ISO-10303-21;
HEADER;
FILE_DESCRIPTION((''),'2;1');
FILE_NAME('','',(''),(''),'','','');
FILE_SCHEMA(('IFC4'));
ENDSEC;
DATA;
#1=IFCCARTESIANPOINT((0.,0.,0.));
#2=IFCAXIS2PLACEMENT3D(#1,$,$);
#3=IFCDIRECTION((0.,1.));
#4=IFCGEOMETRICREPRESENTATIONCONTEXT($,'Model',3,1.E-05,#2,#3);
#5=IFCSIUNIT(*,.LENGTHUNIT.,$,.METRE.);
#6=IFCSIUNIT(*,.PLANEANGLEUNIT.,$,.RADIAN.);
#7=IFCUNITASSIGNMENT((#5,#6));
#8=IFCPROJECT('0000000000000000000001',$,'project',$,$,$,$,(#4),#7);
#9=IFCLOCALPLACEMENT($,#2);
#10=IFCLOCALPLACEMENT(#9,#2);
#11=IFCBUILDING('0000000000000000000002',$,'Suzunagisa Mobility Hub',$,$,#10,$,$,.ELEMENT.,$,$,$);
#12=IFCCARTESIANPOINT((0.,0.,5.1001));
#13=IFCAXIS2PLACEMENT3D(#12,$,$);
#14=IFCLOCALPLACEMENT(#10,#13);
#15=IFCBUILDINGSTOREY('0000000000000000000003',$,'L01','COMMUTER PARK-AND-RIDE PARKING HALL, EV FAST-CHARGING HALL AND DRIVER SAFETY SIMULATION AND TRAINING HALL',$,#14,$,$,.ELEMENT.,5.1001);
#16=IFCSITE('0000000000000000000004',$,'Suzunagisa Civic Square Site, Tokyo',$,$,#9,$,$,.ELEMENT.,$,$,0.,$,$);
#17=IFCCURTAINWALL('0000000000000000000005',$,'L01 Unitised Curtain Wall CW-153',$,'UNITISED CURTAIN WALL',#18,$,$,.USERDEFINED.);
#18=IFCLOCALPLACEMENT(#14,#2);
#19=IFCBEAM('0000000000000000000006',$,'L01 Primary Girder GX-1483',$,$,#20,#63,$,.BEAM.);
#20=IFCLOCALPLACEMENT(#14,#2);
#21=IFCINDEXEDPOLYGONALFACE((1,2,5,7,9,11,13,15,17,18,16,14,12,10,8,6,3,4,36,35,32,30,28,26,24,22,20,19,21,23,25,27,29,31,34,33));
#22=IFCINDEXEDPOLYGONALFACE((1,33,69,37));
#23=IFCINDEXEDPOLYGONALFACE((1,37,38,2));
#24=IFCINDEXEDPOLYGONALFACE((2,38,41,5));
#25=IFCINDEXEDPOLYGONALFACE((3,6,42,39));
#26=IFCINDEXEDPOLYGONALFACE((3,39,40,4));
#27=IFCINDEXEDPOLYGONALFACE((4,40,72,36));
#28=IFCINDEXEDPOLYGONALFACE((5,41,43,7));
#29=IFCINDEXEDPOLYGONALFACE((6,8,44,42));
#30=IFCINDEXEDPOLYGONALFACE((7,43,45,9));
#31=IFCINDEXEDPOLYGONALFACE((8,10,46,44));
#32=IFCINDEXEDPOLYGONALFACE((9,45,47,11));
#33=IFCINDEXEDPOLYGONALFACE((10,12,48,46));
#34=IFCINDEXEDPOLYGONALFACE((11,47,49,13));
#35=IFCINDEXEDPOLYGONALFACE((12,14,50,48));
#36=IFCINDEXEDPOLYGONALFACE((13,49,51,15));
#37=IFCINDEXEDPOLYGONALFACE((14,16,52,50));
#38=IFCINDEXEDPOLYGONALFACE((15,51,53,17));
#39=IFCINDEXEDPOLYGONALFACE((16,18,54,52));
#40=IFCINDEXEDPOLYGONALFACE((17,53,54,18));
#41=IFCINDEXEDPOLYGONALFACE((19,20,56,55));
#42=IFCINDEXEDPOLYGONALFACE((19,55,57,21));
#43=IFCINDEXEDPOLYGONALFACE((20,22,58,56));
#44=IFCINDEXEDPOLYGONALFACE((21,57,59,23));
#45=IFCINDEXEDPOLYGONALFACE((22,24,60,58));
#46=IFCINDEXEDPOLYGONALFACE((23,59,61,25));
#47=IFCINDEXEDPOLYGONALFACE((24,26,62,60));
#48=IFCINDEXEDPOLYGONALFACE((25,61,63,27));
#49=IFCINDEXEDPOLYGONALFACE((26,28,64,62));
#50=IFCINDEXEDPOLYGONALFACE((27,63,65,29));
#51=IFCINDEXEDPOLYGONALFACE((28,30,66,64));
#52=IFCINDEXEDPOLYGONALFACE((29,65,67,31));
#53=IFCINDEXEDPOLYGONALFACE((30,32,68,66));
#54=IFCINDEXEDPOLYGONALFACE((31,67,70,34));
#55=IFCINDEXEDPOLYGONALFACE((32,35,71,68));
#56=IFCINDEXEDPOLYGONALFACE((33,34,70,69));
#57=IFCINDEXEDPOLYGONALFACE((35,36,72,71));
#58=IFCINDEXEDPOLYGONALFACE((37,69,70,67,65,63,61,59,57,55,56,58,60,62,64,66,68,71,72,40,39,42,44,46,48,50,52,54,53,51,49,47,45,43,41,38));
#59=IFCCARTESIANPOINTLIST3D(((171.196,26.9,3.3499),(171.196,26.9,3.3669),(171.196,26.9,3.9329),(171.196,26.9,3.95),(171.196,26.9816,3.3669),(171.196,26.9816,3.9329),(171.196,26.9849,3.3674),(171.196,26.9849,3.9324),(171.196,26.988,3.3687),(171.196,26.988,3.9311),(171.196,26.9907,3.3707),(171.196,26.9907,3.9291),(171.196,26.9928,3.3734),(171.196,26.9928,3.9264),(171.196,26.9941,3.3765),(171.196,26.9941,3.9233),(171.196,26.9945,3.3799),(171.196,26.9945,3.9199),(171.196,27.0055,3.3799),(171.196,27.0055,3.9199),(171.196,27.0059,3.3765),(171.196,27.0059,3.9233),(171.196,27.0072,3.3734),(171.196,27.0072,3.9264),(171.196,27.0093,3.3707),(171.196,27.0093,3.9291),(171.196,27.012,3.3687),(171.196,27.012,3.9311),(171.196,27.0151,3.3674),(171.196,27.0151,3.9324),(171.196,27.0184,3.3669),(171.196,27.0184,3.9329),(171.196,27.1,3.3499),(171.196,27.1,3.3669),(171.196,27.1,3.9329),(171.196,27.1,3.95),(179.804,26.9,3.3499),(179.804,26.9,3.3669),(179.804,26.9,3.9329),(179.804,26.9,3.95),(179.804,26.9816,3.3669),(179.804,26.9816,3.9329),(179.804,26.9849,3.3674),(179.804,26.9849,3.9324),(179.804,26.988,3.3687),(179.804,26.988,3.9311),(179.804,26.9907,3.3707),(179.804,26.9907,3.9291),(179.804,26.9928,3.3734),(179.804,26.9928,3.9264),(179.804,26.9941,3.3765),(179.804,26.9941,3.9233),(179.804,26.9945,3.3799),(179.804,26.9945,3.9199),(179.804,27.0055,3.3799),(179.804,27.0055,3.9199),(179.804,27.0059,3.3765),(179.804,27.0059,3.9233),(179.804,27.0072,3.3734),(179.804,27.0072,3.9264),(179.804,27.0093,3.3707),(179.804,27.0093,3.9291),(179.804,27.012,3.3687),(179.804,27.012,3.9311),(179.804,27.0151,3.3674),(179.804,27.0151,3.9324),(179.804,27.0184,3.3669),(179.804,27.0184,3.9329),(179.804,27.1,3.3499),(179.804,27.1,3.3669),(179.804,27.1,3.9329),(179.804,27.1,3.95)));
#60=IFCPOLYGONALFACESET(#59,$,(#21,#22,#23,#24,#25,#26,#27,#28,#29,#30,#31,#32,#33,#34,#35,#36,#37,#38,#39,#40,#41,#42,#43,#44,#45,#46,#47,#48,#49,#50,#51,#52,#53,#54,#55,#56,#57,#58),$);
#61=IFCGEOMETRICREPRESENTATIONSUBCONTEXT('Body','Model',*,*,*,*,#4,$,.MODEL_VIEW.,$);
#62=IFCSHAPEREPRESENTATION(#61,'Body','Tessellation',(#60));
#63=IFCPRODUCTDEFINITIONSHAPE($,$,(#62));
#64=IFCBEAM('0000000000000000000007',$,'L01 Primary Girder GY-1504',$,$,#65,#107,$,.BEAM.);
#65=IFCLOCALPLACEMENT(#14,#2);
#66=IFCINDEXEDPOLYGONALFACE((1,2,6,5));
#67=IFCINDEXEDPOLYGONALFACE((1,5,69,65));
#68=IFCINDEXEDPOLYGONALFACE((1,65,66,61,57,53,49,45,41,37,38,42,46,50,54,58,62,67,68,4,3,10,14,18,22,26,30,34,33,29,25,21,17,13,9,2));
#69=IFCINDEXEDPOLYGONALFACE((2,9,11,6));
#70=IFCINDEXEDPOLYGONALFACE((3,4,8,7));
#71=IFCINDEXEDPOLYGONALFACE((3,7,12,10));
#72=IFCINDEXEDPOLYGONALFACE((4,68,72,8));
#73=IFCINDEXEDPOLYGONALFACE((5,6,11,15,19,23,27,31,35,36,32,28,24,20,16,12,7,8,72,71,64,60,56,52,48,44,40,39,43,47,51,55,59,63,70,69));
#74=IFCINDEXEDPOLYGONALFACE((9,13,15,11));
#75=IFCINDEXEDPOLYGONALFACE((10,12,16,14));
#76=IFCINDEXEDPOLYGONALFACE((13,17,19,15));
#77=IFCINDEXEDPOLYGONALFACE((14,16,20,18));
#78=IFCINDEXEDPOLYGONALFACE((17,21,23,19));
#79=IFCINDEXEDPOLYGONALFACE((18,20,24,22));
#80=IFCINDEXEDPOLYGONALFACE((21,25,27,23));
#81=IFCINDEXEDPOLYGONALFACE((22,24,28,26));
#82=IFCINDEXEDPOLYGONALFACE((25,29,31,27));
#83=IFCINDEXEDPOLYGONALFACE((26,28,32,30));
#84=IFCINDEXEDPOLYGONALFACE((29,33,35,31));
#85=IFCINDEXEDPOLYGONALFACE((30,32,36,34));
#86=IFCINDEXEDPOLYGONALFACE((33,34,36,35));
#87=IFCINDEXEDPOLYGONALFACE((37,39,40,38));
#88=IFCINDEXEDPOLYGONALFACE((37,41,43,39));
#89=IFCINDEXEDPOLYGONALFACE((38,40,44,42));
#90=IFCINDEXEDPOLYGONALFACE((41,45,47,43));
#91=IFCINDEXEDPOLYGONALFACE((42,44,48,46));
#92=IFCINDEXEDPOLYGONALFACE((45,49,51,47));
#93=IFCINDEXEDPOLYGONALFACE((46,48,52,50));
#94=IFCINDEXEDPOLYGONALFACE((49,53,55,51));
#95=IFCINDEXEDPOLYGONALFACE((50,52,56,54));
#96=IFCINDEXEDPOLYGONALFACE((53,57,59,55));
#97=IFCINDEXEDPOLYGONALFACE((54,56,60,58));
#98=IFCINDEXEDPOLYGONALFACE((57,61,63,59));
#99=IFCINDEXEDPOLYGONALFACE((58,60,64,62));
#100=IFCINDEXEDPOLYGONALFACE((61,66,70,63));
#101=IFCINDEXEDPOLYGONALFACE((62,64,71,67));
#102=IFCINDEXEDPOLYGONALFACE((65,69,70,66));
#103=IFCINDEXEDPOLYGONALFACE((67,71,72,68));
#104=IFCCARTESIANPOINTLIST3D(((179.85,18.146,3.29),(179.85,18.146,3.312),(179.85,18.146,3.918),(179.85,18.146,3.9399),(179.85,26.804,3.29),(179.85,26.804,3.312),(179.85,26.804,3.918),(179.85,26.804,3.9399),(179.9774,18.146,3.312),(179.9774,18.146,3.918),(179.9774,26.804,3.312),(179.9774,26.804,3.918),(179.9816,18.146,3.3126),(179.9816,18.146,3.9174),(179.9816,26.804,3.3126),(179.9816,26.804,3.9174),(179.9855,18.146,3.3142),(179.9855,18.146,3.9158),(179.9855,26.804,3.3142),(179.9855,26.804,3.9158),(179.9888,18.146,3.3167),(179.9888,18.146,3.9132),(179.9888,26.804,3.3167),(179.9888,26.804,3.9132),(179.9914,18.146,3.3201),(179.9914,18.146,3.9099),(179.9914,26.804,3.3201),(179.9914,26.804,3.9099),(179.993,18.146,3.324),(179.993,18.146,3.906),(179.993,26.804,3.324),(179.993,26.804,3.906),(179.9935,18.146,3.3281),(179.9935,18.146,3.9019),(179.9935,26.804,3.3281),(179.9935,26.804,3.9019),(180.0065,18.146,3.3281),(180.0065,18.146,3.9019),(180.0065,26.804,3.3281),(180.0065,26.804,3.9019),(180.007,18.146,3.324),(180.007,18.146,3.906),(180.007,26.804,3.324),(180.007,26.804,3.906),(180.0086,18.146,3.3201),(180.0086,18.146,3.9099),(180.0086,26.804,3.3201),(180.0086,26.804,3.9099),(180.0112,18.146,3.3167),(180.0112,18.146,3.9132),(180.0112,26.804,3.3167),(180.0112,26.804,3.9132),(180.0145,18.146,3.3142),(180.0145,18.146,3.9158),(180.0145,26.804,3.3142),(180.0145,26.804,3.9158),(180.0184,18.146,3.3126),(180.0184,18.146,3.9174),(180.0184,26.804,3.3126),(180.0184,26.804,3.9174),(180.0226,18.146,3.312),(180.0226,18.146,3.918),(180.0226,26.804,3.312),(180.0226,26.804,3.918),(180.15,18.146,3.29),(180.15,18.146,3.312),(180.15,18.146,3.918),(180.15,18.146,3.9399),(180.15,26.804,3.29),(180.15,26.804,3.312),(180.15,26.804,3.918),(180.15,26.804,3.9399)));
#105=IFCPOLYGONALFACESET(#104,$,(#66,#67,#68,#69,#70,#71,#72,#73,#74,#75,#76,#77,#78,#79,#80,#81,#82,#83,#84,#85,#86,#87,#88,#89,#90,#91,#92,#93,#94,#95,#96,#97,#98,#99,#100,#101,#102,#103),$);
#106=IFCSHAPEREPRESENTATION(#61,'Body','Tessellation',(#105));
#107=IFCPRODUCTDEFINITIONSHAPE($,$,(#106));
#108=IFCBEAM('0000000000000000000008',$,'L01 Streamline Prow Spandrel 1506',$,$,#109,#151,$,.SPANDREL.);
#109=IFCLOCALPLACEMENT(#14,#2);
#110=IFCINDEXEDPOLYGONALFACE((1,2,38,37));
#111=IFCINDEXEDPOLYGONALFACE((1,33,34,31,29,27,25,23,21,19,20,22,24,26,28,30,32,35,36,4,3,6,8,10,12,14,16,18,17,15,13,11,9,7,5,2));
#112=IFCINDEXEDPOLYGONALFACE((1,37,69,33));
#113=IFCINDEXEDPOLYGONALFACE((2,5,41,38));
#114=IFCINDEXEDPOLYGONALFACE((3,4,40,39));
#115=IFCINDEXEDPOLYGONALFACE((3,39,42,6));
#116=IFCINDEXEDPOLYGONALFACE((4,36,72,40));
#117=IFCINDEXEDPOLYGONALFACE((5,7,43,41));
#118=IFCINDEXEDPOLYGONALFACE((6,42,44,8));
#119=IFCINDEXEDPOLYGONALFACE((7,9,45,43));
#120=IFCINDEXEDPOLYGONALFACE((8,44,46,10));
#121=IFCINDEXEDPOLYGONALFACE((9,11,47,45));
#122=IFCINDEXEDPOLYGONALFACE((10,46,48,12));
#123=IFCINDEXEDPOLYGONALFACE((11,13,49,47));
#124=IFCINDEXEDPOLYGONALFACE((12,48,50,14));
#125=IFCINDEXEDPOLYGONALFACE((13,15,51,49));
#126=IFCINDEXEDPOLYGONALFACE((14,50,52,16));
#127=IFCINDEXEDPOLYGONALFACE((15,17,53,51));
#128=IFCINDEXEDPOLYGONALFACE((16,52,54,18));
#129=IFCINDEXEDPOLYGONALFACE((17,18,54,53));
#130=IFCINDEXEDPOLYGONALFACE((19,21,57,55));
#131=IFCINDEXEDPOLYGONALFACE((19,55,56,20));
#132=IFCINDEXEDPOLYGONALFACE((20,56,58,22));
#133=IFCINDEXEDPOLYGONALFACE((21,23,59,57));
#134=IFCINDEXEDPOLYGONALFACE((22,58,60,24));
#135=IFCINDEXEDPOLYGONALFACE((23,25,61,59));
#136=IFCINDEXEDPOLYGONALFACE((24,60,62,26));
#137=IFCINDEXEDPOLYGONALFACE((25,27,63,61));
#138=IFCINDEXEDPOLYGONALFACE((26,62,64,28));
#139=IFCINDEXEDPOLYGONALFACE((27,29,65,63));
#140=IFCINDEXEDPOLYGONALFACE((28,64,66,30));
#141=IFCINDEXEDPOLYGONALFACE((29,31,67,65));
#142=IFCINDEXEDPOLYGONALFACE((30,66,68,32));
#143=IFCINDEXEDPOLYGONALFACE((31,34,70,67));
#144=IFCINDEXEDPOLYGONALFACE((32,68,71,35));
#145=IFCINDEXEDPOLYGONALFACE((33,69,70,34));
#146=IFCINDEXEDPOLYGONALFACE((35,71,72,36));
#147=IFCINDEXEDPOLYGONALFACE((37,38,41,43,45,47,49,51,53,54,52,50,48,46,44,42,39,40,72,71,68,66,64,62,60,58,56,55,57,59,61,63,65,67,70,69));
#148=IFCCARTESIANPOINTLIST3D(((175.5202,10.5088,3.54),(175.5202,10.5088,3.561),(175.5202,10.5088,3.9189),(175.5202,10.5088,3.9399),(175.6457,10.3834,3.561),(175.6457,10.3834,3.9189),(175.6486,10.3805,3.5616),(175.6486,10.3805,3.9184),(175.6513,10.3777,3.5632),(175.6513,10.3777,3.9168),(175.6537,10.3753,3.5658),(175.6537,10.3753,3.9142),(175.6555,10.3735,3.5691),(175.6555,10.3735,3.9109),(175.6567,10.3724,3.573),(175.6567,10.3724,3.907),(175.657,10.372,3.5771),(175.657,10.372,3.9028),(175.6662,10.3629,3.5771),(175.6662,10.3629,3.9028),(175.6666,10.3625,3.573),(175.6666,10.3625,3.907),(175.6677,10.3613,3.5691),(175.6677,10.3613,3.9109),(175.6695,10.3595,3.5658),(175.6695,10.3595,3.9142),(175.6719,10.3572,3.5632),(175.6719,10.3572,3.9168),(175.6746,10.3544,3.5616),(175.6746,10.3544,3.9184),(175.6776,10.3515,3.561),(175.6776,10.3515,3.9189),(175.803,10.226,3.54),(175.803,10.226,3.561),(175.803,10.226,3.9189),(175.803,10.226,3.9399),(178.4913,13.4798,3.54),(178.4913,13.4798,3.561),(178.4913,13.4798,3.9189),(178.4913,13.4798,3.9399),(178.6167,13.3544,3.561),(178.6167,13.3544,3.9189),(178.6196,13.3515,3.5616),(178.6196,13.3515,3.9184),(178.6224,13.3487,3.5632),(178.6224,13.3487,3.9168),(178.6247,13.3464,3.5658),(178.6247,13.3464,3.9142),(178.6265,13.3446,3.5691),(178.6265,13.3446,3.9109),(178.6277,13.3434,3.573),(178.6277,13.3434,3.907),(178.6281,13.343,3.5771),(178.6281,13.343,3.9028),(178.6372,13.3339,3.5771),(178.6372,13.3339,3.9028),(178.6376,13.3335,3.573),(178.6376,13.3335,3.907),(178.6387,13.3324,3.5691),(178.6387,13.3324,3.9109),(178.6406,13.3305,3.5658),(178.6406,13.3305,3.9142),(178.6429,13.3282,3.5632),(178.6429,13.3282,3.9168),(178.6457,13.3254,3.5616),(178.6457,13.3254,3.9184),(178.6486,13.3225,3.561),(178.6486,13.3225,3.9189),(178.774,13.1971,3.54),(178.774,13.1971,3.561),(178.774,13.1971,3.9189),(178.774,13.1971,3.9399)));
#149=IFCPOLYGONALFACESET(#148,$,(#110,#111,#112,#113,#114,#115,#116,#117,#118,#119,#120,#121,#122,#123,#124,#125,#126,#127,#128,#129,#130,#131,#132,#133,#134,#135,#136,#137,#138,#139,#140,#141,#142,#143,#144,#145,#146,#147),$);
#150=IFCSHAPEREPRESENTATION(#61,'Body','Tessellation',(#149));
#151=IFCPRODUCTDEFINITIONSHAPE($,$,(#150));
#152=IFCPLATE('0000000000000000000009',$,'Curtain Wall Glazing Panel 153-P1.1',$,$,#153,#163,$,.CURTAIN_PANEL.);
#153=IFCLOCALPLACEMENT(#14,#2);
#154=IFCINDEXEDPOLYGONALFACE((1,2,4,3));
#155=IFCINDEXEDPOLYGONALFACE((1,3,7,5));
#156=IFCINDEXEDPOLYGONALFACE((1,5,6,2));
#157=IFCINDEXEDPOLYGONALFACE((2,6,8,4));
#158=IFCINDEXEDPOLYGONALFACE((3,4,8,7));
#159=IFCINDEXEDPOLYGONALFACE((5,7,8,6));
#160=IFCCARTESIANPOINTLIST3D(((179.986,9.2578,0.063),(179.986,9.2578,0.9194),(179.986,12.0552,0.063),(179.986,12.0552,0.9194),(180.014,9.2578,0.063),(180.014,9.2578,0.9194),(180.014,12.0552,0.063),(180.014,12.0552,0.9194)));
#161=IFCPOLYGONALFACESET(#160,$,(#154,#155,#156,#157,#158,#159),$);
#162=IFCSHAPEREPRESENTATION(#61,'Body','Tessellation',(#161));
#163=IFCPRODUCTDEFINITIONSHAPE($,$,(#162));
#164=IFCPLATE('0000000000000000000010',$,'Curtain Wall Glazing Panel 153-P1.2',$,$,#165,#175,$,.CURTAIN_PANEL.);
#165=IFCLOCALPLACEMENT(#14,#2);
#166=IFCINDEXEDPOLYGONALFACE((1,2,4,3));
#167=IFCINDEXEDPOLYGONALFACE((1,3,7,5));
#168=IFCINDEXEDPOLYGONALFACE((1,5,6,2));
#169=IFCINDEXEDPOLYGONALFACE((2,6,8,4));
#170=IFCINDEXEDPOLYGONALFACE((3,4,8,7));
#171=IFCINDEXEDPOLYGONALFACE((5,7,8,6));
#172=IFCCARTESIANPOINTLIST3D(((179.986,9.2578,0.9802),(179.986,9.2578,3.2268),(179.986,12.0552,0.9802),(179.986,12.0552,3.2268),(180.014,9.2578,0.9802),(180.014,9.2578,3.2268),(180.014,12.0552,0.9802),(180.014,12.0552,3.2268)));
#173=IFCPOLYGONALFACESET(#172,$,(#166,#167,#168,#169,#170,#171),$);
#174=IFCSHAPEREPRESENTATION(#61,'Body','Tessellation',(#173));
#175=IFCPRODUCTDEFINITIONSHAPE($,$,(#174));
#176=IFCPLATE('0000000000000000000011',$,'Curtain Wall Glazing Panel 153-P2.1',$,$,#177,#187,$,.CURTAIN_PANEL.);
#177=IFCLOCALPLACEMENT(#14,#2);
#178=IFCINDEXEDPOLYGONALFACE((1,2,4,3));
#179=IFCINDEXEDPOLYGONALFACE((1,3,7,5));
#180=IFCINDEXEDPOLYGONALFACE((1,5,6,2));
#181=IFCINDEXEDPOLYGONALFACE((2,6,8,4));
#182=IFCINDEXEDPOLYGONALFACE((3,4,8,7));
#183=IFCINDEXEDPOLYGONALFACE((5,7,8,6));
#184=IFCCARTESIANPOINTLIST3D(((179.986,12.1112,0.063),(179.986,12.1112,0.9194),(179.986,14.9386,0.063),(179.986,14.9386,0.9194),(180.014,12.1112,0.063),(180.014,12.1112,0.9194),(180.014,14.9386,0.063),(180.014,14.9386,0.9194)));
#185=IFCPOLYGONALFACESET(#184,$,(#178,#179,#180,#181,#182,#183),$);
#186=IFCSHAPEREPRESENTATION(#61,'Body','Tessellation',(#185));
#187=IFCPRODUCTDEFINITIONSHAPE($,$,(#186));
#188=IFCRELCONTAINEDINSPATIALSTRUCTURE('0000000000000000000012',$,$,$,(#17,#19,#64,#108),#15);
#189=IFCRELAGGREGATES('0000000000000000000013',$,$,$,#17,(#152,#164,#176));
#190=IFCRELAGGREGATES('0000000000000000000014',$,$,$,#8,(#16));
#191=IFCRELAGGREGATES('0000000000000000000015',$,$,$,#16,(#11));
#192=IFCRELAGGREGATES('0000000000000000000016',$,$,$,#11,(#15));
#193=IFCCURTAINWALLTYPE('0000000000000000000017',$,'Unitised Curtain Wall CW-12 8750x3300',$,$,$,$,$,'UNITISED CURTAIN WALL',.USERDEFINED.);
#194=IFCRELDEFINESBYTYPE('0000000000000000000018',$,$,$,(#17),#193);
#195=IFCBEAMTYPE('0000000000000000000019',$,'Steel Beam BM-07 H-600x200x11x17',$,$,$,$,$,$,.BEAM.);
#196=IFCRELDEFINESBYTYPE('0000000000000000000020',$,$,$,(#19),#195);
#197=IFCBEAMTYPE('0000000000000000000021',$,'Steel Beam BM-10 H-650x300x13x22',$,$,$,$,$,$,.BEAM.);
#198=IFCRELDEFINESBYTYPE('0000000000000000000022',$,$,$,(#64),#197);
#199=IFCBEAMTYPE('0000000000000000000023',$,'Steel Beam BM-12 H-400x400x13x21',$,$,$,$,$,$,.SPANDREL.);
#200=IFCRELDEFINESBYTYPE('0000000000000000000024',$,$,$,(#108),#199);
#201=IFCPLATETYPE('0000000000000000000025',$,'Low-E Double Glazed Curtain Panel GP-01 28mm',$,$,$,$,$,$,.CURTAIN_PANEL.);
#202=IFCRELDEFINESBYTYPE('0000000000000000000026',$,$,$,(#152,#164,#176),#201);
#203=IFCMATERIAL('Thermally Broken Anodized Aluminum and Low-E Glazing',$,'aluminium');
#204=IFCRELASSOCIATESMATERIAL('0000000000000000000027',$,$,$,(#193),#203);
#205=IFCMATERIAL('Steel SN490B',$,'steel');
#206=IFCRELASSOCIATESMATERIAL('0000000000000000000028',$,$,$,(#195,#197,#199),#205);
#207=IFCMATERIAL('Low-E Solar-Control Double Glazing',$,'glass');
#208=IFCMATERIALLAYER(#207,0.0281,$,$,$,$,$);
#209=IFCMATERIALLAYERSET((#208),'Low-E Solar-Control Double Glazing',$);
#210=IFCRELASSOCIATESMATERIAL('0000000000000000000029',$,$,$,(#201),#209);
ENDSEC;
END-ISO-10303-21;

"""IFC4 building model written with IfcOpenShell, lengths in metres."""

from ifc_helpers import new_model, si_unit, direction, frame, origin, origin_2d, place, context, subcontext, project, spatial, rectangle, i_section, extrude, material, layer, layer_set, material_profile, profile_set, type_object, element, aggregate, save


model = new_model("IFC4")

# Units and contexts
model_context = context("Model", 3, precision=1e-05, world=origin(), true_north=direction((0.0, 1.0)))
body_context = subcontext(model_context, "Body", "Model", "MODEL_VIEW")
ifc_project = project(units=[si_unit("LENGTHUNIT", "METRE"), si_unit("PLANEANGLEUNIT", "RADIAN")], contexts=[model_context])

# Site, building, storey
site_placement = place(None, origin())
site = spatial("IfcSite", under=ifc_project, at=site_placement, Name="Suzunagisa Civic Square Site, Tokyo", CompositionType="ELEMENT", RefElevation=0.0)
building_placement = place(site_placement, origin())
building = spatial("IfcBuilding", under=site, at=building_placement, Name="Suzunagisa Mobility Hub", CompositionType="ELEMENT")
storey_placement = place(building_placement, frame((0.0, 0.0, 5.1001)))
storey = spatial("IfcBuildingStorey", under=building, at=storey_placement, Name="L01", Description="COMMUTER PARK-AND-RIDE PARKING HALL, EV FAST-CHARGING HALL AND DRIVER SAFETY SIMULATION AND TRAINING HALL", CompositionType="ELEMENT", Elevation=5.1001)

# Shared definitions
ifc_material_1 = material(Name="Steel SN490B", Category="steel")

# Curtain wall
ifc_material_2 = material(Name="Thermally Broken Anodized Aluminum and Low-E Glazing", Category="aluminium")
curtain_wall_type = type_object("IfcCurtainWallType", Name="Unitised Curtain Wall CW-12 8750x3300", ElementType="UNITISED CURTAIN WALL", PredefinedType="USERDEFINED", material=ifc_material_2)
curtain_wall_placement = place(storey_placement, origin())
curtain_wall = element("IfcCurtainWall", 1, at=curtain_wall_placement, inside=storey, type_object=curtain_wall_type, Name="L01 Unitised Curtain Wall CW-153", ObjectType="UNITISED CURTAIN WALL", PredefinedType="USERDEFINED")

# Beams
ifc_material_profile_1 = material_profile(ifc_material_1, i_section(OverallWidth=0.2, OverallDepth=0.6001, WebThickness=0.011, FlangeThickness=0.0171, FilletRadius=0.0129, at=origin_2d()), Name="H-600x200x11x17")
ifc_profile_set_1 = profile_set([ifc_material_profile_1], Name="Steel SN490B")
beam_type_1 = type_object("IfcBeamType", Name="Steel Beam BM-07 H-600x200x11x17", PredefinedType="BEAM", material=ifc_profile_set_1)
beam_1_placement = place(storey_placement, frame((171.196, 27.0, 3.6499), z_axis=(1.0, 0.0, 0.0), x_axis=(0.0, 1.0, 0.0)))
element("IfcBeam", 2, at=beam_1_placement, inside=storey, type_object=beam_type_1, Name="L01 Primary Girder GX-1483", PredefinedType="BEAM", context=body_context, shape_type="SweptSolid", body=[
    extrude(i_section(OverallWidth=0.2, OverallDepth=0.6001, WebThickness=0.011, FlangeThickness=0.0171, FilletRadius=0.0129, at=origin_2d()), origin(), (0.0, 0.0, 1.0), 8.6079),
])
ifc_material_profile_2 = material_profile(ifc_material_1, i_section(OverallWidth=0.3, OverallDepth=0.6499, WebThickness=0.0129, FlangeThickness=0.022, FilletRadius=0.0161, at=origin_2d()), Name="H-650x300x13x22")
ifc_profile_set_2 = profile_set([ifc_material_profile_2], Name="Steel SN490B")
beam_type_2 = type_object("IfcBeamType", Name="Steel Beam BM-10 H-650x300x13x22", PredefinedType="BEAM", material=ifc_profile_set_2)
beam_2_placement = place(storey_placement, frame((180.0, 18.146, 3.615), z_axis=(0.0, 1.0, 0.0), x_axis=(-1.0, 0.0, 0.0)))
element("IfcBeam", 3, at=beam_2_placement, inside=storey, type_object=beam_type_2, Name="L01 Primary Girder GY-1504", PredefinedType="BEAM", context=body_context, shape_type="SweptSolid", body=[
    extrude(i_section(OverallWidth=0.3, OverallDepth=0.6499, WebThickness=0.0129, FlangeThickness=0.022, FilletRadius=0.0161, at=origin_2d()), origin(), (0.0, 0.0, 1.0), 8.658),
])
ifc_material_profile_3 = material_profile(ifc_material_1, i_section(OverallWidth=0.3999, OverallDepth=0.3999, WebThickness=0.0129, FlangeThickness=0.021, FilletRadius=0.0161, at=origin_2d()), Name="H-400x400x13x21")
ifc_profile_set_3 = profile_set([ifc_material_profile_3], Name="Steel SN490B")
beam_type_3 = type_object("IfcBeamType", Name="Steel Beam BM-12 H-400x400x13x21", PredefinedType="SPANDREL", material=ifc_profile_set_3)
beam_3_placement = place(storey_placement, frame((175.6616, 10.3674, 3.74), z_axis=(0.707107, 0.707107, 0.0), x_axis=(-0.707107, 0.707107, 0.0)))
element("IfcBeam", 4, at=beam_3_placement, inside=storey, type_object=beam_type_3, Name="L01 Streamline Prow Spandrel 1506", PredefinedType="SPANDREL", context=body_context, shape_type="SweptSolid", body=[
    extrude(i_section(OverallWidth=0.3999, OverallDepth=0.3999, WebThickness=0.0129, FlangeThickness=0.021, FilletRadius=0.0161, at=origin_2d()), origin(), (0.0, 0.0, 1.0), 4.2017),
])

# Plates
ifc_material_3 = material(Name="Low-E Solar-Control Double Glazing", Category="glass")
ifc_layer_1 = layer(ifc_material_3, 0.0281)
ifc_layer_set_1 = layer_set([ifc_layer_1], Name="Low-E Solar-Control Double Glazing")
plate_type = type_object("IfcPlateType", Name="Low-E Double Glazed Curtain Panel GP-01 28mm", PredefinedType="CURTAIN_PANEL", material=ifc_layer_set_1)
plate_1_placement = place(storey_placement, frame((180.0, 10.6565, 0.063), z_axis=(0.0, 0.0, 1.0), x_axis=(0.0, 1.0, 0.0)))
plate_1 = element("IfcPlate", 5, at=plate_1_placement, type_object=plate_type, Name="Curtain Wall Glazing Panel 153-P1.1", PredefinedType="CURTAIN_PANEL", context=body_context, shape_type="SweptSolid", body=[
    extrude(rectangle(XDim=2.7974, YDim=0.0281, at=origin_2d()), origin(), (0.0, 0.0, 1.0), 0.8564),
])
plate_2_placement = place(storey_placement, frame((180.0, 10.6565, 0.9802), z_axis=(0.0, 0.0, 1.0), x_axis=(0.0, 1.0, 0.0)))
plate_2 = element("IfcPlate", 6, at=plate_2_placement, type_object=plate_type, Name="Curtain Wall Glazing Panel 153-P1.2", PredefinedType="CURTAIN_PANEL", context=body_context, shape_type="SweptSolid", body=[
    extrude(rectangle(XDim=2.7974, YDim=0.0281, at=origin_2d()), origin(), (0.0, 0.0, 1.0), 2.2466),
])
plate_3_placement = place(storey_placement, frame((180.0, 13.5249, 0.063), z_axis=(0.0, 0.0, 1.0), x_axis=(0.0, 1.0, 0.0)))
plate_3 = element("IfcPlate", 7, at=plate_3_placement, type_object=plate_type, Name="Curtain Wall Glazing Panel 153-P2.1", PredefinedType="CURTAIN_PANEL", context=body_context, shape_type="SweptSolid", body=[
    extrude(rectangle(XDim=2.8274, YDim=0.0281, at=origin_2d()), origin(), (0.0, 0.0, 1.0), 0.8564),
])
aggregate(curtain_wall, [plate_1, plate_2, plate_3])

save(model, "model.ifc")
